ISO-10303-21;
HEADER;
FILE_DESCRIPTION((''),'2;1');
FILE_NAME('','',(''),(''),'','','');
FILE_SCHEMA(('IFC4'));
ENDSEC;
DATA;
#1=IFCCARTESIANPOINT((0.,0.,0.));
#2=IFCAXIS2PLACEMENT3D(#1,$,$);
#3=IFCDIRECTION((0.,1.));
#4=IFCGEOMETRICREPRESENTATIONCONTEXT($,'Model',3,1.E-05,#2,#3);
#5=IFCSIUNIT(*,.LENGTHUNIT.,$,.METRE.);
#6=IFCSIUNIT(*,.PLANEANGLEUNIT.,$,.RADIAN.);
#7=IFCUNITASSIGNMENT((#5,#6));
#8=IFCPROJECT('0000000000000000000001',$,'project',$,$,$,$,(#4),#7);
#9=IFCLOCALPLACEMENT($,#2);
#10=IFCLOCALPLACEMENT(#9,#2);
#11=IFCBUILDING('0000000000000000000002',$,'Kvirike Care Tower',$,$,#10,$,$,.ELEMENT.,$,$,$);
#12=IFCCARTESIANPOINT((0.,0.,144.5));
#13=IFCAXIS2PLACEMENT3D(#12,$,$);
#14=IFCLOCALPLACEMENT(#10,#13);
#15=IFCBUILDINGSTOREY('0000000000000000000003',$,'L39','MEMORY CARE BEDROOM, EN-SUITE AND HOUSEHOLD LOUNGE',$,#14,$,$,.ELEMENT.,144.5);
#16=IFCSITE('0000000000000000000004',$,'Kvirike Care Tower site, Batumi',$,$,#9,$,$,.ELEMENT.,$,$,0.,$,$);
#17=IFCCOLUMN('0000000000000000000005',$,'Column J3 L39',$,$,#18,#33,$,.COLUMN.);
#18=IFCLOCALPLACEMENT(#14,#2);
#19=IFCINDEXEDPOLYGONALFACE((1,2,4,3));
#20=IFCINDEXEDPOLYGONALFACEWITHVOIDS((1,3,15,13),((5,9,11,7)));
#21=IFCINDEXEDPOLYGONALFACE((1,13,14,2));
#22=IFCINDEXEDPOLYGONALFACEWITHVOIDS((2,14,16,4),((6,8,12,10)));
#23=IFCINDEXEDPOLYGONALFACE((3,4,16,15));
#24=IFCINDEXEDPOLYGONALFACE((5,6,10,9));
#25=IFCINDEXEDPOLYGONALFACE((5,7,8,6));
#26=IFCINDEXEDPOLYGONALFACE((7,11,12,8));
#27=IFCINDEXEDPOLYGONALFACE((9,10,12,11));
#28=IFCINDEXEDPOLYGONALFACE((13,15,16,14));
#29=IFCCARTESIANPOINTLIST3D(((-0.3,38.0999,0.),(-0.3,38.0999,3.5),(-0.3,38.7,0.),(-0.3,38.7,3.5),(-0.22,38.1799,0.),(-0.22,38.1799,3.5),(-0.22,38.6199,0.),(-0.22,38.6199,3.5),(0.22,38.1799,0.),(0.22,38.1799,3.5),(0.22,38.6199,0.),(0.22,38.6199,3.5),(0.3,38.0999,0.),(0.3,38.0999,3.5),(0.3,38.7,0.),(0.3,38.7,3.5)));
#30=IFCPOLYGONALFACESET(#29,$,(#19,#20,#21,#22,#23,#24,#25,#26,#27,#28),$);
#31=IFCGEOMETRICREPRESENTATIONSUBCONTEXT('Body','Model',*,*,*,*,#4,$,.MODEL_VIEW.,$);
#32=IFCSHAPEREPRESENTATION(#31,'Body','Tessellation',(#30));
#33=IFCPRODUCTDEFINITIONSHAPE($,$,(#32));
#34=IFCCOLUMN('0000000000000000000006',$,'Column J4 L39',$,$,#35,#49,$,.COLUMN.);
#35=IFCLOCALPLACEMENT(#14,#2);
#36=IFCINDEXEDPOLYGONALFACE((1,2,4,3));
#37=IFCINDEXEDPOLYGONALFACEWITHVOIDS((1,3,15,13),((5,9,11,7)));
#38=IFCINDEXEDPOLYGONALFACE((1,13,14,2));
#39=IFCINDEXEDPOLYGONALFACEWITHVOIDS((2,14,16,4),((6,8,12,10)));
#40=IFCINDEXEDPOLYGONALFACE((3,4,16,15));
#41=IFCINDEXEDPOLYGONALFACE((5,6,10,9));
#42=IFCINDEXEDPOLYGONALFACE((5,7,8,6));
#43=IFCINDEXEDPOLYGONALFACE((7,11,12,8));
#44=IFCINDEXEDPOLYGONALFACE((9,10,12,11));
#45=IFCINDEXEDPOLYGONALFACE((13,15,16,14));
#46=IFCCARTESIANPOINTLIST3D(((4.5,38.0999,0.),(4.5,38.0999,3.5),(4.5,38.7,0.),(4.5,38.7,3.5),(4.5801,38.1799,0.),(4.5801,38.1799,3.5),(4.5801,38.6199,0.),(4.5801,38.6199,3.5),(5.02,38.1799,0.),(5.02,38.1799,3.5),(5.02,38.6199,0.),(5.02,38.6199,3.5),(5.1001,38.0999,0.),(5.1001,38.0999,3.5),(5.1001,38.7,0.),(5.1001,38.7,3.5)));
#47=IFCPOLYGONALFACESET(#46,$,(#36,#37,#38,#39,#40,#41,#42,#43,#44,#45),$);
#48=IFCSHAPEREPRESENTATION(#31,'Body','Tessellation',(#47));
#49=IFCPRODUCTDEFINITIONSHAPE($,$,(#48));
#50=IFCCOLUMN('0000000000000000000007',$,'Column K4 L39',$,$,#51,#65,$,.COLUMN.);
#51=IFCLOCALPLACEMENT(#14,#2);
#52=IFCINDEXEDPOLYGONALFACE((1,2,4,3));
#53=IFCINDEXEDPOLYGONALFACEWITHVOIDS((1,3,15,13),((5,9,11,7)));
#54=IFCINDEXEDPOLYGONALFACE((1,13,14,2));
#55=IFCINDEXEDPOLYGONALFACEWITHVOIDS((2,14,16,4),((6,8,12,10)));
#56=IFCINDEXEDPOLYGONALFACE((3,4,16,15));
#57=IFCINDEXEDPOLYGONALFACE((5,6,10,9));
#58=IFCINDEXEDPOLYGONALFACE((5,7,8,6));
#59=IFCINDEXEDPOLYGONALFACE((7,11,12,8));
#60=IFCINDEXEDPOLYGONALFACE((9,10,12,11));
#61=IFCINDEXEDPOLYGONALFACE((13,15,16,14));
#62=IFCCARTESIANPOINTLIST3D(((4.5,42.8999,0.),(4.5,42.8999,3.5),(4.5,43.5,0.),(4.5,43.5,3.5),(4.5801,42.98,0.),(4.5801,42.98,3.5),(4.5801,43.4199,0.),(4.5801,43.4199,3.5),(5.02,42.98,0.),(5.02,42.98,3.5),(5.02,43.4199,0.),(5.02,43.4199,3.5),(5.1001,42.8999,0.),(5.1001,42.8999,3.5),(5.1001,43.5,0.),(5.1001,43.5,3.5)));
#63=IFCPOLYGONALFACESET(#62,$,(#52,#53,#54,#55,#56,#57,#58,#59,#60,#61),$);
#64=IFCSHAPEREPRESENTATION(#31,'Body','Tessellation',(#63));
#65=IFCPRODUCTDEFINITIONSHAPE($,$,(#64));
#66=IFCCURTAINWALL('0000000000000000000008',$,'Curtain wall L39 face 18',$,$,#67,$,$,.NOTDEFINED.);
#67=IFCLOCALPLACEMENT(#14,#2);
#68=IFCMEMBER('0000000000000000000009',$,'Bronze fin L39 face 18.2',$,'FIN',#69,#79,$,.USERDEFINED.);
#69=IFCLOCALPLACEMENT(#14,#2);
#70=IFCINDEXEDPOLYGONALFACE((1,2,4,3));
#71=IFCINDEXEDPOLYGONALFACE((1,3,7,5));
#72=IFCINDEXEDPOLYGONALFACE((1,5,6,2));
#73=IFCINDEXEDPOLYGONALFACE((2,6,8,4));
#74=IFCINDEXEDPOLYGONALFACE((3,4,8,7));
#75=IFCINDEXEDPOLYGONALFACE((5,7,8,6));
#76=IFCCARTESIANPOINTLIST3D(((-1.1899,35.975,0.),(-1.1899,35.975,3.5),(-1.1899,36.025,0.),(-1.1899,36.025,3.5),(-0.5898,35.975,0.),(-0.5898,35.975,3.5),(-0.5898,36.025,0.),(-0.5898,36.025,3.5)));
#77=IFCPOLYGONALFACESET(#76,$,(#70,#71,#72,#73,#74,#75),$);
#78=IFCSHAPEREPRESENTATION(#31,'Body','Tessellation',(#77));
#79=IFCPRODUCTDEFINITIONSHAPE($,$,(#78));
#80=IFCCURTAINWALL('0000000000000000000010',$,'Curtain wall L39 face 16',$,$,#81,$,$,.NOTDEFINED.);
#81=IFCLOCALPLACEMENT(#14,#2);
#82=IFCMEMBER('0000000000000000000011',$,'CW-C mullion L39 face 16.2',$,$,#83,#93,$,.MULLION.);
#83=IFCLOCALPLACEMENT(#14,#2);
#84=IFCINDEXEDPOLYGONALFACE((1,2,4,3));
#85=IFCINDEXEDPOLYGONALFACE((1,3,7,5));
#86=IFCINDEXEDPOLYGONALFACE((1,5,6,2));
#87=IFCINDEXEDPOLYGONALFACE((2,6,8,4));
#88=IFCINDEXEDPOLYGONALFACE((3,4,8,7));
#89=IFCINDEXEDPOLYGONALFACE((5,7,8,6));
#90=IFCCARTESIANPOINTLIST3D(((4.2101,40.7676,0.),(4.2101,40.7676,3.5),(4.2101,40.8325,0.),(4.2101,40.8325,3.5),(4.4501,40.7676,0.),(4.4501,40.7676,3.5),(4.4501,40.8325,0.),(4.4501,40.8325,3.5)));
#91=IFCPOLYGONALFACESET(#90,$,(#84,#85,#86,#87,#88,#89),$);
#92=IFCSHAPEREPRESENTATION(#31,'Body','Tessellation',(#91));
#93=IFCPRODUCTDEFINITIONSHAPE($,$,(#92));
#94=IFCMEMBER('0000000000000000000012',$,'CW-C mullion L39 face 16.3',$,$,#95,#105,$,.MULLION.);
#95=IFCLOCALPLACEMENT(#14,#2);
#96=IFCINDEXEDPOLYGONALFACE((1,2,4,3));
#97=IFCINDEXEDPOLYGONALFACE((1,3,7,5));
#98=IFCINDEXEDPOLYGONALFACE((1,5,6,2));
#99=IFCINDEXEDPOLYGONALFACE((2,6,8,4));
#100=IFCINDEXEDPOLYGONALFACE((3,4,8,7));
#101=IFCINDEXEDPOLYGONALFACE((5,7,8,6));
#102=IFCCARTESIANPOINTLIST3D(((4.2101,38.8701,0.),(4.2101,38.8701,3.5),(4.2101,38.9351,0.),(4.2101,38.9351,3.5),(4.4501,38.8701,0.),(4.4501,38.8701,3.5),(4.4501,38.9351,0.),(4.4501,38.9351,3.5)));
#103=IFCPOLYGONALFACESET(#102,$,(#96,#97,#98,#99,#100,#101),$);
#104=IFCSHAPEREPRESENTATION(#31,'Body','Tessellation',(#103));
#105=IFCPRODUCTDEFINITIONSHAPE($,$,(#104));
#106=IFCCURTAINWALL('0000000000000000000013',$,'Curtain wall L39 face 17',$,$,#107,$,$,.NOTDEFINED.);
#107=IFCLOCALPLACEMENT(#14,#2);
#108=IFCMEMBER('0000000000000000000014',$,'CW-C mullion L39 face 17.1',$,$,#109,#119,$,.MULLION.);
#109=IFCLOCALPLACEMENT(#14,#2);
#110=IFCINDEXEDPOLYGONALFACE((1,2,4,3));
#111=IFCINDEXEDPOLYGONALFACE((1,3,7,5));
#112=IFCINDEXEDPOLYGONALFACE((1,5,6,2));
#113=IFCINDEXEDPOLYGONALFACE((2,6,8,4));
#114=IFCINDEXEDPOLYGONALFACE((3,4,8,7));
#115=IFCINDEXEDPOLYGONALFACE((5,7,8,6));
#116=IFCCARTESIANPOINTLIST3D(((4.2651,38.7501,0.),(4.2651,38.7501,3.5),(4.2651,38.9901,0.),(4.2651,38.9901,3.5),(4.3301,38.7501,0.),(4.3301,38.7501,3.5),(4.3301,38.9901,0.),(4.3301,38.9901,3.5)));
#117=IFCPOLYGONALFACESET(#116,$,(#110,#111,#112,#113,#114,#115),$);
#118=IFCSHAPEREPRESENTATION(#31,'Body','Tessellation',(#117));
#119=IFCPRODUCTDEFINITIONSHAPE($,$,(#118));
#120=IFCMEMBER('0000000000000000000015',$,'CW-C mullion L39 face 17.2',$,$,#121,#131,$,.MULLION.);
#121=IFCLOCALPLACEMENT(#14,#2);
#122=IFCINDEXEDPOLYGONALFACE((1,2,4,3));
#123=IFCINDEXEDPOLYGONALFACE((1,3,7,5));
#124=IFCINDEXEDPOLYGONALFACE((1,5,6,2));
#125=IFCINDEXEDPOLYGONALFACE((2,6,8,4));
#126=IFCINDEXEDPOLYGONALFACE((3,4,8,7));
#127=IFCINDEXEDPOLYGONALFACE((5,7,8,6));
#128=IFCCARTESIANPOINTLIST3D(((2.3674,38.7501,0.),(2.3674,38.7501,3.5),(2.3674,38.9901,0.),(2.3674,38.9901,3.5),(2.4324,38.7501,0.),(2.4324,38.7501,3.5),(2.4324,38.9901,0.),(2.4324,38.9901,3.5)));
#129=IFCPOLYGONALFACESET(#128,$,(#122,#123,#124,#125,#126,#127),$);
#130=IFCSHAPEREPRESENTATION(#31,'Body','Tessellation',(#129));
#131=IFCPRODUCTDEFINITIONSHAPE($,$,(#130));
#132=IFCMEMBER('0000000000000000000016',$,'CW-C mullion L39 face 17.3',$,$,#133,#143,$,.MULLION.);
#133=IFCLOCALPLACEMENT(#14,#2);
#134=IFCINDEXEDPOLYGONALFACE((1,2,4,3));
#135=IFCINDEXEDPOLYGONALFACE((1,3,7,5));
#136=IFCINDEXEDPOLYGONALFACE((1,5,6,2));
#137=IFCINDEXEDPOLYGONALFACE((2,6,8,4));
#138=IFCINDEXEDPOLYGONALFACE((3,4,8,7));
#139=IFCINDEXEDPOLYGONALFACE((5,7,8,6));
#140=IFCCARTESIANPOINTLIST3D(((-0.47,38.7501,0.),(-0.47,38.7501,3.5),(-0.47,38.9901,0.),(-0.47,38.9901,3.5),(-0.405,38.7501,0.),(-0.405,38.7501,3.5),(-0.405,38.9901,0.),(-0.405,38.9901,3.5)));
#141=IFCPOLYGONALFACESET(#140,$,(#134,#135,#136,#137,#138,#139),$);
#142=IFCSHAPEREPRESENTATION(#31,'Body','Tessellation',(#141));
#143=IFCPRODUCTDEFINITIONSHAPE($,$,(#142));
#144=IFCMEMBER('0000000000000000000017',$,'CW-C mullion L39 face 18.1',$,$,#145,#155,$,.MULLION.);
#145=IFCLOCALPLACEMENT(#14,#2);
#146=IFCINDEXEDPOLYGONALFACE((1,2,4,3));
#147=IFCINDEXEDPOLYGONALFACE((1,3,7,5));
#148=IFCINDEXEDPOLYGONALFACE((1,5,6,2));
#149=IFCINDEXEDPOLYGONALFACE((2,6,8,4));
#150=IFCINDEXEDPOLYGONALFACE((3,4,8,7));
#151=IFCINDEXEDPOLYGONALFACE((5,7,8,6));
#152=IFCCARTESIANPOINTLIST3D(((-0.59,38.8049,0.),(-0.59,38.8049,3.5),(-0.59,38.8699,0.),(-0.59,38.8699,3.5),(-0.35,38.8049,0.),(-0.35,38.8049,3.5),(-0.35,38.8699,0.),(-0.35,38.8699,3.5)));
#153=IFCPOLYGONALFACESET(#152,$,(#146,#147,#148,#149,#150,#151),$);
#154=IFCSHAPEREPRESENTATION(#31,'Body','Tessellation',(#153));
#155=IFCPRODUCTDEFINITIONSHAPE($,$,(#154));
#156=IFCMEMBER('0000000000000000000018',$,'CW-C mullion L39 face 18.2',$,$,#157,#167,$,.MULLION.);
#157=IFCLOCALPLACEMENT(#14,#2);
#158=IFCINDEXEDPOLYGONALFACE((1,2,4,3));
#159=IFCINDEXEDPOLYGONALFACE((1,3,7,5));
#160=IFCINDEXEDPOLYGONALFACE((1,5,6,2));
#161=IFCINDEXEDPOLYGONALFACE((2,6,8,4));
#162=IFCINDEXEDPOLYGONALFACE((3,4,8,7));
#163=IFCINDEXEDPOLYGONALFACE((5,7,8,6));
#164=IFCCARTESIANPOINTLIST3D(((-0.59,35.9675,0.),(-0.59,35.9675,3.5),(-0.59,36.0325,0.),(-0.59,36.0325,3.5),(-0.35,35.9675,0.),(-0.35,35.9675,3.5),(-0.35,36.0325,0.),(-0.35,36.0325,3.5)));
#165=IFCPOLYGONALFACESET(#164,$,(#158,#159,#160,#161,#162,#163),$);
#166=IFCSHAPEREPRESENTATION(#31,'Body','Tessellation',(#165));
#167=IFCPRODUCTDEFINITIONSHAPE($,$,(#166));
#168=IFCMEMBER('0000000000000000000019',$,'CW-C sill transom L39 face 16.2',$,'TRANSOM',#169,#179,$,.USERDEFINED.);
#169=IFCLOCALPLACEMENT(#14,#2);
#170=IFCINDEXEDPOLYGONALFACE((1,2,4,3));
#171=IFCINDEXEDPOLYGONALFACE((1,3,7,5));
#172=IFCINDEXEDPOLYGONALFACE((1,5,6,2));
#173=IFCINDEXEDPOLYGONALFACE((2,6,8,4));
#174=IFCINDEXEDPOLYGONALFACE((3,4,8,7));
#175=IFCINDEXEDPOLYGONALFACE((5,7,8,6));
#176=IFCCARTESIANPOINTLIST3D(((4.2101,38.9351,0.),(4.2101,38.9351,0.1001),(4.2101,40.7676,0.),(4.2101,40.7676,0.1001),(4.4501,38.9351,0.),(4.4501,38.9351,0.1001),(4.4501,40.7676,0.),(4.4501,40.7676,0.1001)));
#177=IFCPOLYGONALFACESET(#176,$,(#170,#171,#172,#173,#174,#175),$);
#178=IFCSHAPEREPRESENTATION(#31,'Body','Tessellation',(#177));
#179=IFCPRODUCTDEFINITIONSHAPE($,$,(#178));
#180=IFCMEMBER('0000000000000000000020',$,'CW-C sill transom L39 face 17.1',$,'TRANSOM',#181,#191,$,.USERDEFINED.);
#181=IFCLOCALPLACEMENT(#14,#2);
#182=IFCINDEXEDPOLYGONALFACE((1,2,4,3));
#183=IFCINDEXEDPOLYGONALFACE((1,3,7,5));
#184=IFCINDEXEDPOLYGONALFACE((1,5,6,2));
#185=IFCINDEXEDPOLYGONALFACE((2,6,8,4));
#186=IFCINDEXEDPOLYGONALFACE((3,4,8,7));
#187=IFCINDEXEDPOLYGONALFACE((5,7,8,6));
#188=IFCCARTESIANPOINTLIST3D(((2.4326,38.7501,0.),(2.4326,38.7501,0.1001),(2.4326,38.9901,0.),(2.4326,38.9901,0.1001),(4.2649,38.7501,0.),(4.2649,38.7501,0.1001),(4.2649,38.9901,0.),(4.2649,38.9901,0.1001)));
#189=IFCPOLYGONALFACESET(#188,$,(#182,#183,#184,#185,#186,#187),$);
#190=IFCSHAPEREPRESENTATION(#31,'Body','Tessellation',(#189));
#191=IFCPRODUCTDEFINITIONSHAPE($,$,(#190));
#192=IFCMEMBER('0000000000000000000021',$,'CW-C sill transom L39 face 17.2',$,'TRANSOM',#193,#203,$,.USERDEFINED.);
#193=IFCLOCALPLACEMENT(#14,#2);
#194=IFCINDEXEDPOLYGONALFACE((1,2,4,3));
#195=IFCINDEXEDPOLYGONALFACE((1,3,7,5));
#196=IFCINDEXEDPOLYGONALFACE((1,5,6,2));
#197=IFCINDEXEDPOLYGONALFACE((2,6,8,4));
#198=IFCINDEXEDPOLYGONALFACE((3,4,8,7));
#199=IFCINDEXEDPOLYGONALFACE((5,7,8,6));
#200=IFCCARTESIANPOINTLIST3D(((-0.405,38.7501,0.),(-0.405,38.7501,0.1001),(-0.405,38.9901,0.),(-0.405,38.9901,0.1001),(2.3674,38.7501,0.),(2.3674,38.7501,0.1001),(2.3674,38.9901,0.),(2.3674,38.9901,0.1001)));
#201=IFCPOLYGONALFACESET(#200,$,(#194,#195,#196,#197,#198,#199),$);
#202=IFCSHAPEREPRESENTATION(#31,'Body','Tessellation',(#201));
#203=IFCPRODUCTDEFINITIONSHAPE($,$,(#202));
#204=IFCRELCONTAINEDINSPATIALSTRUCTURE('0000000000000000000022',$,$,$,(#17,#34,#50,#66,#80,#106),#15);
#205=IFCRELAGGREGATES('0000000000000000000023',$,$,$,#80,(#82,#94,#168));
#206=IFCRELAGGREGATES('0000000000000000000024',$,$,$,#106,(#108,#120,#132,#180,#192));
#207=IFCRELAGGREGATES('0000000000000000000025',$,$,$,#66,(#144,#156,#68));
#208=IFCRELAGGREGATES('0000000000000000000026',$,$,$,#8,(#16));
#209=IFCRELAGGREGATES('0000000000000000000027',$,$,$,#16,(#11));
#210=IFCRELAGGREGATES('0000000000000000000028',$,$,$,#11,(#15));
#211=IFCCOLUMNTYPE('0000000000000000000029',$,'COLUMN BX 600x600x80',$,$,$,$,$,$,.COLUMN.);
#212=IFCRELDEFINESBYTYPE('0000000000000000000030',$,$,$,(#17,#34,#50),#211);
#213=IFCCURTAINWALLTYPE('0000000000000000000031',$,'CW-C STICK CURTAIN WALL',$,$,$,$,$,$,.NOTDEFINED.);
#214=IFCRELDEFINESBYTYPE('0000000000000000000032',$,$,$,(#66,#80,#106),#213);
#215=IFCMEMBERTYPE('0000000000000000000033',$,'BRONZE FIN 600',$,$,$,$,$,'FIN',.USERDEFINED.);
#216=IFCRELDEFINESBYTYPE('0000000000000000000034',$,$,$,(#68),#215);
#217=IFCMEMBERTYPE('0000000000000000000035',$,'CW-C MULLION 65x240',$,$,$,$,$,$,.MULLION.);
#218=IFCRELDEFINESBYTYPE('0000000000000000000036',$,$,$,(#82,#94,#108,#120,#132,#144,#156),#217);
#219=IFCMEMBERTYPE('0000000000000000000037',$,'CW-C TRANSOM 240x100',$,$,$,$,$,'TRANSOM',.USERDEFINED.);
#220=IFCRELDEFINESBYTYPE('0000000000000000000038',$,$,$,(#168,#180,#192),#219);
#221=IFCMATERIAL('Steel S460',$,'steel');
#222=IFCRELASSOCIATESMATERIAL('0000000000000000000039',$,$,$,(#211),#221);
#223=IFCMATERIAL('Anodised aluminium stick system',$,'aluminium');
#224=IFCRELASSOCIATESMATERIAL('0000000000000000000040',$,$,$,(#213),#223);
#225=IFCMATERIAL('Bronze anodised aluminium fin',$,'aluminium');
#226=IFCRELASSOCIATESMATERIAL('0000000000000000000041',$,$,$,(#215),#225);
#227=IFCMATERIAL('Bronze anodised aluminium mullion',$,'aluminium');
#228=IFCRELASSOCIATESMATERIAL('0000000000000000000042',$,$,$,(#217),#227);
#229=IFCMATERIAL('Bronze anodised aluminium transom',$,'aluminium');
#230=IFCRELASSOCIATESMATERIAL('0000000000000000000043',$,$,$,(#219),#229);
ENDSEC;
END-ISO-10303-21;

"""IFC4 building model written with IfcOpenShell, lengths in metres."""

from ifc_helpers import new_model, si_unit, direction, frame, origin, origin_2d, place, context, subcontext, project, spatial, rectangle, hollow_rectangle, extrude, material, material_profile, profile_set, type_object, element, aggregate, save


model = new_model("IFC4")

# Units and contexts
model_context = context("Model", 3, precision=1e-05, world=origin(), true_north=direction((0.0, 1.0)))
body_context = subcontext(model_context, "Body", "Model", "MODEL_VIEW")
ifc_project = project(units=[si_unit("LENGTHUNIT", "METRE"), si_unit("PLANEANGLEUNIT", "RADIAN")], contexts=[model_context])

# Site, building, storey
site_placement = place(None, origin())
site = spatial("IfcSite", under=ifc_project, at=site_placement, Name="Kvirike Care Tower site, Batumi", CompositionType="ELEMENT", RefElevation=0.0)
building_placement = place(site_placement, origin())
building = spatial("IfcBuilding", under=site, at=building_placement, Name="Kvirike Care Tower", CompositionType="ELEMENT")
storey_placement = place(building_placement, frame((0.0, 0.0, 144.5)))
storey = spatial("IfcBuildingStorey", under=building, at=storey_placement, Name="L39", Description="MEMORY CARE BEDROOM, EN-SUITE AND HOUSEHOLD LOUNGE", CompositionType="ELEMENT", Elevation=144.5)

# Columns
ifc_material_1 = material(Name="Steel S460", Category="steel")
ifc_material_profile_1 = material_profile(ifc_material_1, hollow_rectangle(XDim=0.6001, YDim=0.6001, WallThickness=0.0801, at=origin_2d()), Name="BX 600x600x80")
ifc_profile_set_1 = profile_set([ifc_material_profile_1], Name="Steel S460")
column_type = type_object("IfcColumnType", Name="COLUMN BX 600x600x80", PredefinedType="COLUMN", material=ifc_profile_set_1)
for number, where, z_axis, x_axis, name in (
    (1, (0.0, 38.3999, 0.0), (0.0, 0.0, 1.0), (0.0, 1.0, 0.0), "Column J3 L39"),
    (2, (4.8, 38.3999, 0.0), (0.0, 0.0, 1.0), (0.0, 1.0, 0.0), "Column J4 L39"),
    (3, (4.8, 43.2, 0.0), (0.0, 0.0, 1.0), (0.0, 1.0, 0.0), "Column K4 L39"),
):
    element("IfcColumn", number, at=place(storey_placement, frame(where, z_axis=z_axis, x_axis=x_axis)), inside=storey, type_object=column_type, Name=name, PredefinedType="COLUMN", context=body_context, shape_type="SweptSolid", body=[
        extrude(hollow_rectangle(XDim=0.6001, YDim=0.6001, WallThickness=0.0801, at=origin_2d()), origin(), (0.0, 0.0, 1.0), 3.5),
    ])

# Curtain wall, member
ifc_material_2 = material(Name="Anodised aluminium stick system", Category="aluminium")
curtain_wall_type = type_object("IfcCurtainWallType", Name="CW-C STICK CURTAIN WALL", PredefinedType="NOTDEFINED", material=ifc_material_2)
curtain_wall_1_placement = place(storey_placement, origin())
curtain_wall_1 = element("IfcCurtainWall", 4, at=curtain_wall_1_placement, inside=storey, type_object=curtain_wall_type, Name="Curtain wall L39 face 18", PredefinedType="NOTDEFINED")
ifc_material_3 = material(Name="Bronze anodised aluminium fin", Category="aluminium")
ifc_material_profile_2 = material_profile(ifc_material_3, rectangle(XDim=0.05, YDim=0.6001, at=origin_2d()), Name="BRONZE FIN 600")
ifc_profile_set_2 = profile_set([ifc_material_profile_2], Name="Bronze anodised aluminium fin")
member_type_1 = type_object("IfcMemberType", Name="BRONZE FIN 600", ElementType="FIN", PredefinedType="USERDEFINED", material=ifc_profile_set_2)
member_1_placement = place(storey_placement, frame((-0.8899, 36.0, 0.0), z_axis=(0.0, 0.0, 1.0), x_axis=(0.0, -1.0, 0.0)))
member_1 = element("IfcMember", 5, at=member_1_placement, type_object=member_type_1, Name="Bronze fin L39 face 18.2", ObjectType="FIN", PredefinedType="USERDEFINED", context=body_context, shape_type="SweptSolid", body=[
    extrude(rectangle(XDim=0.05, YDim=0.6001, at=origin_2d()), origin(), (0.0, 0.0, 1.0), 3.5),
])

# Curtain walls, members
curtain_wall_2_placement = place(storey_placement, origin())
curtain_wall_2 = element("IfcCurtainWall", 6, at=curtain_wall_2_placement, inside=storey, type_object=curtain_wall_type, Name="Curtain wall L39 face 16", PredefinedType="NOTDEFINED")
ifc_material_4 = material(Name="Bronze anodised aluminium mullion", Category="aluminium")
ifc_material_profile_3 = material_profile(ifc_material_4, rectangle(XDim=0.0649, YDim=0.24, at=origin_2d()), Name="CW-C MULLION 65x240")
ifc_profile_set_3 = profile_set([ifc_material_profile_3], Name="Bronze anodised aluminium mullion")
member_type_2 = type_object("IfcMemberType", Name="CW-C MULLION 65x240", PredefinedType="MULLION", material=ifc_profile_set_3)
member_2_placement = place(storey_placement, frame((4.3301, 40.8, 0.0), z_axis=(0.0, 0.0, 1.0), x_axis=(0.0, -1.0, 0.0)))
member_2 = element("IfcMember", 7, at=member_2_placement, type_object=member_type_2, Name="CW-C mullion L39 face 16.2", PredefinedType="MULLION", context=body_context, shape_type="SweptSolid", body=[
    extrude(rectangle(XDim=0.0649, YDim=0.24, at=origin_2d()), origin(), (0.0, 0.0, 1.0), 3.5),
])
member_3_placement = place(storey_placement, frame((4.3301, 38.9026, 0.0), z_axis=(0.0, 0.0, 1.0), x_axis=(0.0, -1.0, 0.0)))
member_3 = element("IfcMember", 8, at=member_3_placement, type_object=member_type_2, Name="CW-C mullion L39 face 16.3", PredefinedType="MULLION", context=body_context, shape_type="SweptSolid", body=[
    extrude(rectangle(XDim=0.0649, YDim=0.24, at=origin_2d()), origin(), (0.0, 0.0, 1.0), 3.5),
])
curtain_wall_3_placement = place(storey_placement, origin())
curtain_wall_3 = element("IfcCurtainWall", 9, at=curtain_wall_3_placement, inside=storey, type_object=curtain_wall_type, Name="Curtain wall L39 face 17", PredefinedType="NOTDEFINED")
member_4_placement = place(storey_placement, frame((4.2976, 38.8701, 0.0), z_axis=(0.0, 0.0, 1.0), x_axis=(-1.0, 0.0, 0.0)))
member_4 = element("IfcMember", 10, at=member_4_placement, type_object=member_type_2, Name="CW-C mullion L39 face 17.1", PredefinedType="MULLION", context=body_context, shape_type="SweptSolid", body=[
    extrude(rectangle(XDim=0.0649, YDim=0.24, at=origin_2d()), origin(), (0.0, 0.0, 1.0), 3.5),
])
member_5_placement = place(storey_placement, frame((2.3999, 38.8701, 0.0), z_axis=(0.0, 0.0, 1.0), x_axis=(-1.0, 0.0, 0.0)))
member_5 = element("IfcMember", 11, at=member_5_placement, type_object=member_type_2, Name="CW-C mullion L39 face 17.2", PredefinedType="MULLION", context=body_context, shape_type="SweptSolid", body=[
    extrude(rectangle(XDim=0.0649, YDim=0.24, at=origin_2d()), origin(), (0.0, 0.0, 1.0), 3.5),
])
member_6_placement = place(storey_placement, frame((-0.4375, 38.8701, 0.0), z_axis=(0.0, 0.0, 1.0), x_axis=(-1.0, 0.0, 0.0)))
member_6 = element("IfcMember", 12, at=member_6_placement, type_object=member_type_2, Name="CW-C mullion L39 face 17.3", PredefinedType="MULLION", context=body_context, shape_type="SweptSolid", body=[
    extrude(rectangle(XDim=0.0649, YDim=0.24, at=origin_2d()), origin(), (0.0, 0.0, 1.0), 3.5),
])

# Members
member_7_placement = place(storey_placement, frame((-0.47, 38.8374, 0.0), z_axis=(0.0, 0.0, 1.0), x_axis=(0.0, -1.0, 0.0)))
member_7 = element("IfcMember", 13, at=member_7_placement, type_object=member_type_2, Name="CW-C mullion L39 face 18.1", PredefinedType="MULLION", context=body_context, shape_type="SweptSolid", body=[
    extrude(rectangle(XDim=0.0649, YDim=0.24, at=origin_2d()), origin(), (0.0, 0.0, 1.0), 3.5),
])
member_8_placement = place(storey_placement, frame((-0.47, 36.0, 0.0), z_axis=(0.0, 0.0, 1.0), x_axis=(0.0, -1.0, 0.0)))
member_8 = element("IfcMember", 14, at=member_8_placement, type_object=member_type_2, Name="CW-C mullion L39 face 18.2", PredefinedType="MULLION", context=body_context, shape_type="SweptSolid", body=[
    extrude(rectangle(XDim=0.0649, YDim=0.24, at=origin_2d()), origin(), (0.0, 0.0, 1.0), 3.5),
])
ifc_material_5 = material(Name="Bronze anodised aluminium transom", Category="aluminium")
ifc_material_profile_4 = material_profile(ifc_material_5, rectangle(XDim=0.24, YDim=0.1001, at=origin_2d()), Name="CW-C TRANSOM 240x100")
ifc_profile_set_4 = profile_set([ifc_material_profile_4], Name="Bronze anodised aluminium transom")
member_type_3 = type_object("IfcMemberType", Name="CW-C TRANSOM 240x100", ElementType="TRANSOM", PredefinedType="USERDEFINED", material=ifc_profile_set_4)
member_9_placement = place(storey_placement, frame((4.3301, 40.7676, 0.05), z_axis=(0.0, -1.0, 0.0), x_axis=(1.0, 0.0, 0.0)))
member_9 = element("IfcMember", 15, at=member_9_placement, type_object=member_type_3, Name="CW-C sill transom L39 face 16.2", ObjectType="TRANSOM", PredefinedType="USERDEFINED", context=body_context, shape_type="SweptSolid", body=[
    extrude(rectangle(XDim=0.24, YDim=0.1001, at=origin_2d()), origin(), (0.0, 0.0, 1.0), 1.8325),
])
member_10_placement = place(storey_placement, frame((4.2649, 38.8701, 0.05), z_axis=(-1.0, 0.0, 0.0), x_axis=(0.0, -1.0, 0.0)))
member_10 = element("IfcMember", 16, at=member_10_placement, type_object=member_type_3, Name="CW-C sill transom L39 face 17.1", ObjectType="TRANSOM", PredefinedType="USERDEFINED", context=body_context, shape_type="SweptSolid", body=[
    extrude(rectangle(XDim=0.24, YDim=0.1001, at=origin_2d()), origin(), (0.0, 0.0, 1.0), 1.8323),
])
member_11_placement = place(storey_placement, frame((2.3674, 38.8701, 0.05), z_axis=(-1.0, 0.0, 0.0), x_axis=(0.0, -1.0, 0.0)))
member_11 = element("IfcMember", 17, at=member_11_placement, type_object=member_type_3, Name="CW-C sill transom L39 face 17.2", ObjectType="TRANSOM", PredefinedType="USERDEFINED", context=body_context, shape_type="SweptSolid", body=[
    extrude(rectangle(XDim=0.24, YDim=0.1001, at=origin_2d()), origin(), (0.0, 0.0, 1.0), 2.7725),
])

aggregate(curtain_wall_2, [member_2, member_3, member_9])
aggregate(curtain_wall_3, [member_4, member_5, member_6, member_10, member_11])
aggregate(curtain_wall_1, [member_7, member_8, member_1])

save(model, "model.ifc")
